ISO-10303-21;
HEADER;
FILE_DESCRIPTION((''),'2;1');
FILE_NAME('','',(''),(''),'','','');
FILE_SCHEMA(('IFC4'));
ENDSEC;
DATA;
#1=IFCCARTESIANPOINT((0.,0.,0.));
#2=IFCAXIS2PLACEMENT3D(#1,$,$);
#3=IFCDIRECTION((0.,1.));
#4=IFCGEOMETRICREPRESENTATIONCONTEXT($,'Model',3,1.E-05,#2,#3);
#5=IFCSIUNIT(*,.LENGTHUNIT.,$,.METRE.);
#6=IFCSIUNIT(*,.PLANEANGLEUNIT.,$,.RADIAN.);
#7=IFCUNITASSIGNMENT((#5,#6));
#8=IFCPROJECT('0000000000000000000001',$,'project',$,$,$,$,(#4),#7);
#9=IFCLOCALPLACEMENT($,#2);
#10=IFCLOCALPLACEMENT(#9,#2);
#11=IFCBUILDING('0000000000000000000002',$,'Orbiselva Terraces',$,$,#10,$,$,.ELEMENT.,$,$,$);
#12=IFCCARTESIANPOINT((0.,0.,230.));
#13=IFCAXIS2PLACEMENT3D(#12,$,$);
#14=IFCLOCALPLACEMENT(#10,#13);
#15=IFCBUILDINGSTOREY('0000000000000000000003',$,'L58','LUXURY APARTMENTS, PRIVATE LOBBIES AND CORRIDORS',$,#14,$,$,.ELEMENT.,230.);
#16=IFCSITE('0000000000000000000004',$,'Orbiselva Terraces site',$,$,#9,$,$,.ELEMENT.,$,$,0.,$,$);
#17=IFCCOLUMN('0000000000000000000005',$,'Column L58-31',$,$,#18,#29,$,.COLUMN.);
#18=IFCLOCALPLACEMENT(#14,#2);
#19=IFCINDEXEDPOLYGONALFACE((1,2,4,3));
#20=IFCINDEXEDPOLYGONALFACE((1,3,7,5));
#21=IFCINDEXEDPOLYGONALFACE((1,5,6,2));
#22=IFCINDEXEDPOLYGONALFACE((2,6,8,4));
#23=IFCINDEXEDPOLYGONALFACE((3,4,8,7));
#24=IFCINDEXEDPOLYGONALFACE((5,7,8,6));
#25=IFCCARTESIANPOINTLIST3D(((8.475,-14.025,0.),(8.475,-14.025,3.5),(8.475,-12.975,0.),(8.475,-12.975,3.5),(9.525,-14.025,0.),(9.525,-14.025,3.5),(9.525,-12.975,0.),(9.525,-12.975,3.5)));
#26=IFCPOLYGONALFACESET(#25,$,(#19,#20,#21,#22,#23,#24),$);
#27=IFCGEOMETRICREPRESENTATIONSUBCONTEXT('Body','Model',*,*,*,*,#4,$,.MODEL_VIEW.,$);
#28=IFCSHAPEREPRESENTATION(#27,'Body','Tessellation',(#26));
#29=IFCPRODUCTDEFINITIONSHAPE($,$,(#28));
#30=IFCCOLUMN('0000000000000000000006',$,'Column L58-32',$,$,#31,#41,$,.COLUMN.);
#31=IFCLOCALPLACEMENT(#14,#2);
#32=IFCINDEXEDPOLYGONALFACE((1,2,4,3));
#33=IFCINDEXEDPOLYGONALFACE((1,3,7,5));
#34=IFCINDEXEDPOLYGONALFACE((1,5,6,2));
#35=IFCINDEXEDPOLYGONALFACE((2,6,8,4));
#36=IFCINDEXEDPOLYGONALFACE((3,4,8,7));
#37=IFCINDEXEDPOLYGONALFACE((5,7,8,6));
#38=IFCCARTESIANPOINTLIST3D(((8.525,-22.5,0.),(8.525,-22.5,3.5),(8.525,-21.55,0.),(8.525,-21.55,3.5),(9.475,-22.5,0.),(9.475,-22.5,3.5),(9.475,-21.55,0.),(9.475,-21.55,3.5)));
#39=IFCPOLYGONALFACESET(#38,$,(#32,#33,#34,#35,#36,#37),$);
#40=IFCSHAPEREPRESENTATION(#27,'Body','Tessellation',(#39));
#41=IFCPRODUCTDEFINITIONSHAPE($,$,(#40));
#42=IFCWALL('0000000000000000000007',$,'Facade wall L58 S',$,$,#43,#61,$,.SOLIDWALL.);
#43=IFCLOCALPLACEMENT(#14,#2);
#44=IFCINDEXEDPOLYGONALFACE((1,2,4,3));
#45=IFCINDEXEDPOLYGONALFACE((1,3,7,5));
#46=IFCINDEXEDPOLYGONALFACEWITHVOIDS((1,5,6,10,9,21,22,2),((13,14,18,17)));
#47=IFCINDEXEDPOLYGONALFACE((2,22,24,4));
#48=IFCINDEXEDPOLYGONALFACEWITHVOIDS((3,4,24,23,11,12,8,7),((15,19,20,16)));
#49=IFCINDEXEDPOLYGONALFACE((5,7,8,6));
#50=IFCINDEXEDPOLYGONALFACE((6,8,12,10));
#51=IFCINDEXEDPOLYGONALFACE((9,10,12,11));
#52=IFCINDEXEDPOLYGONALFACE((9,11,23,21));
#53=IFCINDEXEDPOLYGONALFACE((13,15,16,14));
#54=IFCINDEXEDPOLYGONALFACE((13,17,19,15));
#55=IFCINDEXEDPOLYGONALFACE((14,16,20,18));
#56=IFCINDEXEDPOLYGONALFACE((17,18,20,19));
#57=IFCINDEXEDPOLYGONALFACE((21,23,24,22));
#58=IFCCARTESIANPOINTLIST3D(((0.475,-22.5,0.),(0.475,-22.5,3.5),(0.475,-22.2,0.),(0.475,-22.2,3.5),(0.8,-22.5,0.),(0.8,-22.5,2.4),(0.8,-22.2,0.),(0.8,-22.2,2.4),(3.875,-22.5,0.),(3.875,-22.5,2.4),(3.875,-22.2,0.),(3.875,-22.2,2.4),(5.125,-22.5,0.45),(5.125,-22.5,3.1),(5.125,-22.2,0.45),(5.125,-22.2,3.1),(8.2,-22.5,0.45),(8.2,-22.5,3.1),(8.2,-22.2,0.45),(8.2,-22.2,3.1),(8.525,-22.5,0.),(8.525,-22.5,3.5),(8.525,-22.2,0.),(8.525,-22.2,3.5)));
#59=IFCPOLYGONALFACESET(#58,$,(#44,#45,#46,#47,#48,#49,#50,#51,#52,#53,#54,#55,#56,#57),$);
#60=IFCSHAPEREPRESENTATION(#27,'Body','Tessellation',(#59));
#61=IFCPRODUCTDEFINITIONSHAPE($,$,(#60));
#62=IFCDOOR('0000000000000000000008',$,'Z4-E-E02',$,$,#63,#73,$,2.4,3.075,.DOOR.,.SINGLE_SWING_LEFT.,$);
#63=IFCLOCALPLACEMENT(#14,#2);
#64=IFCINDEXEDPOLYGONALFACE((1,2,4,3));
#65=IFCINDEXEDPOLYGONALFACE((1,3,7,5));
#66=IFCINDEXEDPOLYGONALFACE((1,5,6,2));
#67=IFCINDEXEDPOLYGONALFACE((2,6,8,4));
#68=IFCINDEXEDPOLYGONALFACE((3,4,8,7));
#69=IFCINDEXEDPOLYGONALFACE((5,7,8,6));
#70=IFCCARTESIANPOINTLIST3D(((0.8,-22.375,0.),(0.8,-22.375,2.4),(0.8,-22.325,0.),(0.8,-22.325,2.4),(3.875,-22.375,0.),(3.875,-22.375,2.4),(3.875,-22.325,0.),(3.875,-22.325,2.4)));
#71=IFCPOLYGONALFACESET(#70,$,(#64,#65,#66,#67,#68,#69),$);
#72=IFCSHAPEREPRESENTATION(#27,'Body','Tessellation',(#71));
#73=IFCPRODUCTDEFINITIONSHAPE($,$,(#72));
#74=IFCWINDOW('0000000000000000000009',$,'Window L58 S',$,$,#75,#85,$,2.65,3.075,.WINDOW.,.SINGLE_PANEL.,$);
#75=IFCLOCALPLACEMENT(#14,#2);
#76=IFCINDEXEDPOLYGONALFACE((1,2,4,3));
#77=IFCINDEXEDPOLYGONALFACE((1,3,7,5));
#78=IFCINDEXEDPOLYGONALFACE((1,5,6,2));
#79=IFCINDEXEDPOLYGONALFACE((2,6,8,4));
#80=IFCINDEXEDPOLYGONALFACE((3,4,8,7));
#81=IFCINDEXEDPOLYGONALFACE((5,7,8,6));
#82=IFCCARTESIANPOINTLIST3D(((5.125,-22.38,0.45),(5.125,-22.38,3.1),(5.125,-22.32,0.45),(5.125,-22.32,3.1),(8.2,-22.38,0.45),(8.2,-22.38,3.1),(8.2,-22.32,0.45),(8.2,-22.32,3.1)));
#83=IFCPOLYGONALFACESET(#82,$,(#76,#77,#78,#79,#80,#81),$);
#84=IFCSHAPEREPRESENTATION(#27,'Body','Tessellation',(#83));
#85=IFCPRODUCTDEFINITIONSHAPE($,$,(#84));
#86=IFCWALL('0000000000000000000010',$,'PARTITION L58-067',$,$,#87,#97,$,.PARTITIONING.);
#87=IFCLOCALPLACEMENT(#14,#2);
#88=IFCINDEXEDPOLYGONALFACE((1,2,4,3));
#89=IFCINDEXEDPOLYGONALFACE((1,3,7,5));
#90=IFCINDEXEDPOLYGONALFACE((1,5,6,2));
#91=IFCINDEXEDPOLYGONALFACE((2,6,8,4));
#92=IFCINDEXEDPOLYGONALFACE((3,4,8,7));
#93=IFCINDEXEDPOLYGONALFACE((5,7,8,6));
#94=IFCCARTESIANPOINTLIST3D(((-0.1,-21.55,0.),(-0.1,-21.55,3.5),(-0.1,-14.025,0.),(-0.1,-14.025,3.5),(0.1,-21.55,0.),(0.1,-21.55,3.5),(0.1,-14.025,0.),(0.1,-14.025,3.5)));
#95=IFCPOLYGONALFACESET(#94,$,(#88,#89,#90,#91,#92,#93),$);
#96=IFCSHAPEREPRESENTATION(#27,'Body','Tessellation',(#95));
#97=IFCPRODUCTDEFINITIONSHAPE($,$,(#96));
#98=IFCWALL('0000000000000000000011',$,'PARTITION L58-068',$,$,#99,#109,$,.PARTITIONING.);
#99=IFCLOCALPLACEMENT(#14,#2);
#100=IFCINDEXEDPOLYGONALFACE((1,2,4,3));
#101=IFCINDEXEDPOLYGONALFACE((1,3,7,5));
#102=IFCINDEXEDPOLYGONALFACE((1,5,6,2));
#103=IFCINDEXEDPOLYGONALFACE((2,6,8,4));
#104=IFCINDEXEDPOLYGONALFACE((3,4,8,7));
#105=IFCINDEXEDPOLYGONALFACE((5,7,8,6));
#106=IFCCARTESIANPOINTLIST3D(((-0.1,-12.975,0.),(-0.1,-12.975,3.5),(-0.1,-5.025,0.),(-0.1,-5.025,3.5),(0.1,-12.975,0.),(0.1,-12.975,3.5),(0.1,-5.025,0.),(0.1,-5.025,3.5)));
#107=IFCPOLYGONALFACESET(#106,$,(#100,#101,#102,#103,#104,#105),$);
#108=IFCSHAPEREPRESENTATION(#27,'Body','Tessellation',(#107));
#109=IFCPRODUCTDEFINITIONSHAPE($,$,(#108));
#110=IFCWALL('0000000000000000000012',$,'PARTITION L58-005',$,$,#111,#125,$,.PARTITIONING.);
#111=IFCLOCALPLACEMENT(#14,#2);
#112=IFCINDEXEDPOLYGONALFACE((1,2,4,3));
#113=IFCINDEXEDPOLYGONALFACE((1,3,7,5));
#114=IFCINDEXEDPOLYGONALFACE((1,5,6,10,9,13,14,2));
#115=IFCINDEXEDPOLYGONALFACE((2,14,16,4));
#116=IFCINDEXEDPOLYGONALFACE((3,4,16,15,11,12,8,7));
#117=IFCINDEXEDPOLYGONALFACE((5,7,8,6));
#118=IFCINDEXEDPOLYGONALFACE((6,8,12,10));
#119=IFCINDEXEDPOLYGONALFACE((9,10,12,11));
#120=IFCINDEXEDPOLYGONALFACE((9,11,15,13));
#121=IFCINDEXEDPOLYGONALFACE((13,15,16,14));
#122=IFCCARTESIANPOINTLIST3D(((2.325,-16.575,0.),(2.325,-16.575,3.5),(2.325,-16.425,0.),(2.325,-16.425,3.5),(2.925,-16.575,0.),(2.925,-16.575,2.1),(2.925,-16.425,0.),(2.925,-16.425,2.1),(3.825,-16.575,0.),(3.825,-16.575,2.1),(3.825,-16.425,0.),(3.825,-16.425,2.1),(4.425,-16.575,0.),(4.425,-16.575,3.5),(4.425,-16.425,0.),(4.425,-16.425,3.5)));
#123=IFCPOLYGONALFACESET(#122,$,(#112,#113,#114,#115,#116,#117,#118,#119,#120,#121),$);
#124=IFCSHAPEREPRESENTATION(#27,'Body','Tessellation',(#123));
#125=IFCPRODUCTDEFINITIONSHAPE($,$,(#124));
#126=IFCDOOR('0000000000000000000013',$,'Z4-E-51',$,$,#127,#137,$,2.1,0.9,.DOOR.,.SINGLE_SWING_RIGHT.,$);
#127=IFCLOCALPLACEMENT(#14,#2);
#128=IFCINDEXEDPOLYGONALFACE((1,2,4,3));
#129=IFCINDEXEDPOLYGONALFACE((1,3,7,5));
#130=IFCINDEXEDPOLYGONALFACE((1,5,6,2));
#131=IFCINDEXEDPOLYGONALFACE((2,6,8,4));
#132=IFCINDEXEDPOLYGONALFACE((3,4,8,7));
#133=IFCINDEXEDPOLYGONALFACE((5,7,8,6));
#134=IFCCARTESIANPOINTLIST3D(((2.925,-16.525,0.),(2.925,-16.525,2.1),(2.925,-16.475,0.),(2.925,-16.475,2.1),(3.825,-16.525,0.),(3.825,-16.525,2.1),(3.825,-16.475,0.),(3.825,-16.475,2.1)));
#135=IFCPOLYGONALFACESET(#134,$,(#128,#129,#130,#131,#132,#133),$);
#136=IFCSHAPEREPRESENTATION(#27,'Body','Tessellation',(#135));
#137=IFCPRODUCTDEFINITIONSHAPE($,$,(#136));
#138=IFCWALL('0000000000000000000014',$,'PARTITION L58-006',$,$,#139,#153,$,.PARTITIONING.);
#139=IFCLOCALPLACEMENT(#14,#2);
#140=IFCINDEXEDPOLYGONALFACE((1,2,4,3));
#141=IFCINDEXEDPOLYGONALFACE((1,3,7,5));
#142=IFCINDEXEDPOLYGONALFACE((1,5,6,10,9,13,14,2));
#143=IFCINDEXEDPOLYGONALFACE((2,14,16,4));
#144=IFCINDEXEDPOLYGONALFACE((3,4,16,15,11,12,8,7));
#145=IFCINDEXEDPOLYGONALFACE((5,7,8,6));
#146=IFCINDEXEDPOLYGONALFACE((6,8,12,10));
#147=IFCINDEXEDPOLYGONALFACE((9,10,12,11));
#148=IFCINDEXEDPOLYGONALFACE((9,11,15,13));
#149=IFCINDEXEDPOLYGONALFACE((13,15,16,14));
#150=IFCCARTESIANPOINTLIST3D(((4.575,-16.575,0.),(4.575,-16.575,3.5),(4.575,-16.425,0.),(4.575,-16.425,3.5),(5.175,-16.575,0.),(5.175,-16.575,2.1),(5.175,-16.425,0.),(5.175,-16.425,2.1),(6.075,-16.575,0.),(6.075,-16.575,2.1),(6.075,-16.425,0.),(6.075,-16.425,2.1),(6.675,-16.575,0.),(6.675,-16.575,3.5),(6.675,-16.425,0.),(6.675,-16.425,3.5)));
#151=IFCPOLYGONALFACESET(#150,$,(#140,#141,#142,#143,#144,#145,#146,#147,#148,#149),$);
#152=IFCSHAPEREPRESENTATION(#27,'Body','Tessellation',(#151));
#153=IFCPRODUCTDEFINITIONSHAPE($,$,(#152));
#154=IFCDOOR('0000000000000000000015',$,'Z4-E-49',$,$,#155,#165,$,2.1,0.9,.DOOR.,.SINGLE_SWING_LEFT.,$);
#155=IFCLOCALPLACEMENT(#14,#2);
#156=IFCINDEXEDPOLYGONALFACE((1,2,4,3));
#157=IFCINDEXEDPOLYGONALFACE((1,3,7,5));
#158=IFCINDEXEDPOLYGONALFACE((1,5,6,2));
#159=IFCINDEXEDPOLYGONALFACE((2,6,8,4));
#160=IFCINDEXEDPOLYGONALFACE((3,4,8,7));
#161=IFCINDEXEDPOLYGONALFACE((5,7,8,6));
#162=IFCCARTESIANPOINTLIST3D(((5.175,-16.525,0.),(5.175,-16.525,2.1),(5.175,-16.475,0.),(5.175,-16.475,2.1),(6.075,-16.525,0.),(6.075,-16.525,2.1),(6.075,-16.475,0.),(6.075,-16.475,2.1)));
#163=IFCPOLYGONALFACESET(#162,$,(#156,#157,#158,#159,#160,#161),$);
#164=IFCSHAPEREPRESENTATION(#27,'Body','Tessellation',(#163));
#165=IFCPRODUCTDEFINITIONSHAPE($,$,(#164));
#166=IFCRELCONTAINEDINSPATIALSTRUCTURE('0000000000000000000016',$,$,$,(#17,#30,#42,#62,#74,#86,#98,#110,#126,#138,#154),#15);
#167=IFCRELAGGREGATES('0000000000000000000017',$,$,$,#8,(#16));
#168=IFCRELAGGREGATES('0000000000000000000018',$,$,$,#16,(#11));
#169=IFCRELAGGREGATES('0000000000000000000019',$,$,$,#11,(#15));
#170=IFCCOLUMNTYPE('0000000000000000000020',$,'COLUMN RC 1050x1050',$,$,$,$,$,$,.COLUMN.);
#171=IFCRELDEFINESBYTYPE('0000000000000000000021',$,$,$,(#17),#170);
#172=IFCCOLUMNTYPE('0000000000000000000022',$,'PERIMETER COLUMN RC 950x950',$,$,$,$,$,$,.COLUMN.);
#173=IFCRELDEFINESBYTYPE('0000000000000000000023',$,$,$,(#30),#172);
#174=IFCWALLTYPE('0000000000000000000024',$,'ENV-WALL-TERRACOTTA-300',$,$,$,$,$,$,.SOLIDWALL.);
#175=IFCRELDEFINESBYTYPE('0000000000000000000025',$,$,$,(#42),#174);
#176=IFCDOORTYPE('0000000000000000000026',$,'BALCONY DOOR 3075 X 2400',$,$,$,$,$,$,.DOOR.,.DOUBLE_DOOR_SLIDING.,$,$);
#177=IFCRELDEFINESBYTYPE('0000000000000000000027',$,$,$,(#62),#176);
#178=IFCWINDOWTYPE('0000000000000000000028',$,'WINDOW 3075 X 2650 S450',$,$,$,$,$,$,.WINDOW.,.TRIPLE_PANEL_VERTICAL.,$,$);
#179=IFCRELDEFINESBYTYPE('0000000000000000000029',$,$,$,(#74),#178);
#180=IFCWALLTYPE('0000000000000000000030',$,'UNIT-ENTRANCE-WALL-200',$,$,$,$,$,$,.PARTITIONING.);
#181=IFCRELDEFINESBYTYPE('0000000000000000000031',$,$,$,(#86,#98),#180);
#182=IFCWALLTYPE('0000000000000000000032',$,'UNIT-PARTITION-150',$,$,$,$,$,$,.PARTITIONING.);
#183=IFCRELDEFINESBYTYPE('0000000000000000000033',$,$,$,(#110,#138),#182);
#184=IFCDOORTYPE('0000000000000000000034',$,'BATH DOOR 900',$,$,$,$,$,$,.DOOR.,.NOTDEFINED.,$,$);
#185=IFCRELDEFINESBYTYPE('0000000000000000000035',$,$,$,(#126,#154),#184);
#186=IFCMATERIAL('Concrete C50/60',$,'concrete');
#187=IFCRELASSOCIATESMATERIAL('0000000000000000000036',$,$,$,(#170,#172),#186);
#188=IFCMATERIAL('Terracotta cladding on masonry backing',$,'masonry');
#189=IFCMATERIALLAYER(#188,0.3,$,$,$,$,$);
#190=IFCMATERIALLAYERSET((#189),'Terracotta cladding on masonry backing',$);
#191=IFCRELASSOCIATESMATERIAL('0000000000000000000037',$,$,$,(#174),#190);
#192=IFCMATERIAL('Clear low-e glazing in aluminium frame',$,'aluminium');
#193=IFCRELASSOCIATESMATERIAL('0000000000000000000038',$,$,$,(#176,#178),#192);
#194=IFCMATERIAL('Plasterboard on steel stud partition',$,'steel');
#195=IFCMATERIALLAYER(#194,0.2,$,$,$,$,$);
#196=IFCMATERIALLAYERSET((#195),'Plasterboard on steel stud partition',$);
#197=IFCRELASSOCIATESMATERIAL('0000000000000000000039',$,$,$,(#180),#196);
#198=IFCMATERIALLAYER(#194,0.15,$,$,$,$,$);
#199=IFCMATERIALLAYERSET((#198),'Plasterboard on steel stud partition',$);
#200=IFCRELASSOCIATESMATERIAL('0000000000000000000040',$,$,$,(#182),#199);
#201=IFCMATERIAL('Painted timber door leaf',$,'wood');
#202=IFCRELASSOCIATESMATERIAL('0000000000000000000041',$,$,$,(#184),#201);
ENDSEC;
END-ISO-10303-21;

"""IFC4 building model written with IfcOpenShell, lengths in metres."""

from ifc_helpers import new_model, si_unit, direction, frame, frame_2d, origin, origin_2d, place, context, subcontext, project, spatial, rectangle, extrude, material, layer, layer_set, material_profile, profile_set, type_object, element, fill, save


model = new_model("IFC4")

# Units and contexts
model_context = context("Model", 3, precision=1e-05, world=origin(), true_north=direction((0.0, 1.0)))
body_context = subcontext(model_context, "Body", "Model", "MODEL_VIEW")
ifc_project = project(units=[si_unit("LENGTHUNIT", "METRE"), si_unit("PLANEANGLEUNIT", "RADIAN")], contexts=[model_context])

# Site, building, storey
site_placement = place(None, origin())
site = spatial("IfcSite", under=ifc_project, at=site_placement, Name="Orbiselva Terraces site", CompositionType="ELEMENT", RefElevation=0.0)
building_placement = place(site_placement, origin())
building = spatial("IfcBuilding", under=site, at=building_placement, Name="Orbiselva Terraces", CompositionType="ELEMENT")
storey_placement = place(building_placement, frame((0.0, 0.0, 230.0)))
storey = spatial("IfcBuildingStorey", under=building, at=storey_placement, Name="L58", Description="LUXURY APARTMENTS, PRIVATE LOBBIES AND CORRIDORS", CompositionType="ELEMENT", Elevation=230.0)

# Columns
ifc_material_1 = material(Name="Concrete C50/60", Category="concrete")
ifc_material_profile_1 = material_profile(ifc_material_1, rectangle(XDim=1.05, YDim=1.05, at=origin_2d()), Name="RC 1050x1050")
ifc_profile_set_1 = profile_set([ifc_material_profile_1], Name="Concrete C50/60")
column_type_1 = type_object("IfcColumnType", Name="COLUMN RC 1050x1050", PredefinedType="COLUMN", material=ifc_profile_set_1)
column_1_placement = place(storey_placement, frame((9.0, -13.5, 0.0), z_axis=(0.0, 0.0, 1.0), x_axis=(1.0, 0.0, 0.0)))
element("IfcColumn", 1, at=column_1_placement, inside=storey, type_object=column_type_1, Name="Column L58-31", PredefinedType="COLUMN", context=body_context, shape_type="SweptSolid", body=[
    extrude(rectangle(XDim=1.05, YDim=1.05, at=origin_2d()), origin(), (0.0, 0.0, 1.0), 3.5),
])
ifc_material_profile_2 = material_profile(ifc_material_1, rectangle(XDim=0.95, YDim=0.95, at=origin_2d()), Name="RC 950x950")
ifc_profile_set_2 = profile_set([ifc_material_profile_2], Name="Concrete C50/60")
column_type_2 = type_object("IfcColumnType", Name="PERIMETER COLUMN RC 950x950", PredefinedType="COLUMN", material=ifc_profile_set_2)
column_2_placement = place(storey_placement, frame((9.0, -22.025, 0.0), z_axis=(0.0, 0.0, 1.0), x_axis=(1.0, 0.0, 0.0)))
element("IfcColumn", 2, at=column_2_placement, inside=storey, type_object=column_type_2, Name="Column L58-32", PredefinedType="COLUMN", context=body_context, shape_type="SweptSolid", body=[
    extrude(rectangle(XDim=0.95, YDim=0.95, at=origin_2d()), origin(), (0.0, 0.0, 1.0), 3.5),
])

# Wall, openings, door, window
ifc_material_2 = material(Name="Terracotta cladding on masonry backing", Category="masonry")
ifc_layer_1 = layer(ifc_material_2, 0.3)
ifc_layer_set_1 = layer_set([ifc_layer_1], Name="Terracotta cladding on masonry backing")
wall_type_1 = type_object("IfcWallType", Name="ENV-WALL-TERRACOTTA-300", PredefinedType="SOLIDWALL", material=ifc_layer_set_1)
wall_1_placement = place(storey_placement, frame((8.525, -22.35, 0.0), z_axis=(0.0, 0.0, 1.0), x_axis=(-1.0, 0.0, 0.0)))
wall_1 = element("IfcWall", 3, at=wall_1_placement, inside=storey, type_object=wall_type_1, Name="Facade wall L58 S", PredefinedType="SOLIDWALL", context=body_context, shape_type="SweptSolid", body=[
    extrude(rectangle(XDim=8.05, YDim=0.3, at=frame_2d((4.025, 0.0))), origin(), (0.0, 0.0, 1.0), 3.5),
])
opening_1_placement = place(wall_1_placement, frame((4.65, 0.0, 0.0)))
opening_1 = element("IfcOpeningElement", 4, at=opening_1_placement, cuts=wall_1, PredefinedType="OPENING", context=body_context, shape_type="SweptSolid", body=[
    extrude(rectangle(XDim=3.075, YDim=2.4, at=frame_2d((1.5375, 1.2))), frame((0.0, 0.16, 0.0), z_axis=(0.0, -1.0, 0.0), x_axis=(1.0, 0.0, 0.0)), (0.0, 0.0, 1.0), 0.32),
])
opening_2_placement = place(wall_1_placement, frame((0.325, 0.0, 0.45)))
opening_2 = element("IfcOpeningElement", 5, at=opening_2_placement, cuts=wall_1, PredefinedType="OPENING", context=body_context, shape_type="SweptSolid", body=[
    extrude(rectangle(XDim=3.075, YDim=2.65, at=frame_2d((1.5375, 1.325))), frame((0.0, 0.16, 0.0), z_axis=(0.0, -1.0, 0.0), x_axis=(1.0, 0.0, 0.0)), (0.0, 0.0, 1.0), 0.32),
])
ifc_material_3 = material(Name="Clear low-e glazing in aluminium frame", Category="aluminium")
door_type_1 = type_object("IfcDoorType", Name="BALCONY DOOR 3075 X 2400", OperationType="DOUBLE_DOOR_SLIDING", PredefinedType="DOOR", material=ifc_material_3)
door_1_placement = place(opening_1_placement, origin())
door_1 = element("IfcDoor", 6, at=door_1_placement, inside=storey, type_object=door_type_1, Name="Z4-E-E02", OperationType="SINGLE_SWING_LEFT", OverallHeight=2.4, OverallWidth=3.075, PredefinedType="DOOR", context=body_context, shape_type="SweptSolid", body=[
    extrude(rectangle(XDim=3.075, YDim=2.4, at=frame_2d((1.5375, 1.2))), frame((0.0, 0.025, 0.0), z_axis=(0.0, -1.0, 0.0), x_axis=(1.0, 0.0, 0.0)), (0.0, 0.0, 1.0), 0.05),
])
fill(opening_1, door_1)
window_type = type_object("IfcWindowType", Name="WINDOW 3075 X 2650 S450", PartitioningType="TRIPLE_PANEL_VERTICAL", PredefinedType="WINDOW", material=ifc_material_3)
window_placement = place(opening_2_placement, origin())
window = element("IfcWindow", 7, at=window_placement, inside=storey, type_object=window_type, Name="Window L58 S", OverallHeight=2.65, OverallWidth=3.075, PartitioningType="SINGLE_PANEL", PredefinedType="WINDOW", context=body_context, shape_type="SweptSolid", body=[
    extrude(rectangle(XDim=3.075, YDim=2.65, at=frame_2d((1.5375, 1.325))), frame((0.0, 0.03, 0.0), z_axis=(0.0, -1.0, 0.0), x_axis=(1.0, 0.0, 0.0)), (0.0, 0.0, 1.0), 0.06),
])
fill(opening_2, window)

# Walls
ifc_material_4 = material(Name="Plasterboard on steel stud partition", Category="steel")
ifc_layer_2 = layer(ifc_material_4, 0.2)
ifc_layer_set_2 = layer_set([ifc_layer_2], Name="Plasterboard on steel stud partition")
wall_type_2 = type_object("IfcWallType", Name="UNIT-ENTRANCE-WALL-200", PredefinedType="PARTITIONING", material=ifc_layer_set_2)
wall_2_placement = place(storey_placement, frame((0.0, -21.55, 0.0), z_axis=(0.0, 0.0, 1.0), x_axis=(0.0, 1.0, 0.0)))
element("IfcWall", 8, at=wall_2_placement, inside=storey, type_object=wall_type_2, Name="PARTITION L58-067", PredefinedType="PARTITIONING", context=body_context, shape_type="SweptSolid", body=[
    extrude(rectangle(XDim=7.525, YDim=0.2, at=frame_2d((3.7625, 0.0))), origin(), (0.0, 0.0, 1.0), 3.5),
])
wall_3_placement = place(storey_placement, frame((0.0, -12.975, 0.0), z_axis=(0.0, 0.0, 1.0), x_axis=(0.0, 1.0, 0.0)))
element("IfcWall", 9, at=wall_3_placement, inside=storey, type_object=wall_type_2, Name="PARTITION L58-068", PredefinedType="PARTITIONING", context=body_context, shape_type="SweptSolid", body=[
    extrude(rectangle(XDim=7.95, YDim=0.2, at=frame_2d((3.975, 0.0))), origin(), (0.0, 0.0, 1.0), 3.5),
])

# Walls, openings, doors
ifc_layer_3 = layer(ifc_material_4, 0.15)
ifc_layer_set_3 = layer_set([ifc_layer_3], Name="Plasterboard on steel stud partition")
wall_type_3 = type_object("IfcWallType", Name="UNIT-PARTITION-150", PredefinedType="PARTITIONING", material=ifc_layer_set_3)
wall_4_placement = place(storey_placement, frame((2.325, -16.5, 0.0), z_axis=(0.0, 0.0, 1.0), x_axis=(1.0, 0.0, 0.0)))
wall_4 = element("IfcWall", 10, at=wall_4_placement, inside=storey, type_object=wall_type_3, Name="PARTITION L58-005", PredefinedType="PARTITIONING", context=body_context, shape_type="SweptSolid", body=[
    extrude(rectangle(XDim=2.1, YDim=0.15, at=frame_2d((1.05, 0.0))), origin(), (0.0, 0.0, 1.0), 3.5),
])
opening_3_placement = place(wall_4_placement, frame((0.6, 0.0, 0.0)))
opening_3 = element("IfcOpeningElement", 11, at=opening_3_placement, cuts=wall_4, PredefinedType="OPENING", context=body_context, shape_type="SweptSolid", body=[
    extrude(rectangle(XDim=0.9, YDim=2.1, at=frame_2d((0.45, 1.05))), frame((0.0, 0.085, 0.0), z_axis=(0.0, -1.0, 0.0), x_axis=(1.0, 0.0, 0.0)), (0.0, 0.0, 1.0), 0.17),
])
ifc_material_5 = material(Name="Painted timber door leaf", Category="wood")
door_type_2 = type_object("IfcDoorType", Name="BATH DOOR 900", OperationType="NOTDEFINED", PredefinedType="DOOR", material=ifc_material_5)
door_2_placement = place(opening_3_placement, origin())
door_2 = element("IfcDoor", 12, at=door_2_placement, inside=storey, type_object=door_type_2, Name="Z4-E-51", OperationType="SINGLE_SWING_RIGHT", OverallHeight=2.1, OverallWidth=0.9, PredefinedType="DOOR", context=body_context, shape_type="SweptSolid", body=[
    extrude(rectangle(XDim=0.9, YDim=2.1, at=frame_2d((0.45, 1.05))), frame((0.0, 0.025, 0.0), z_axis=(0.0, -1.0, 0.0), x_axis=(1.0, 0.0, 0.0)), (0.0, 0.0, 1.0), 0.05),
])
fill(opening_3, door_2)
wall_5_placement = place(storey_placement, frame((4.575, -16.5, 0.0), z_axis=(0.0, 0.0, 1.0), x_axis=(1.0, 0.0, 0.0)))
wall_5 = element("IfcWall", 13, at=wall_5_placement, inside=storey, type_object=wall_type_3, Name="PARTITION L58-006", PredefinedType="PARTITIONING", context=body_context, shape_type="SweptSolid", body=[
    extrude(rectangle(XDim=2.1, YDim=0.15, at=frame_2d((1.05, 0.0))), origin(), (0.0, 0.0, 1.0), 3.5),
])
opening_4_placement = place(wall_5_placement, frame((0.6, 0.0, 0.0)))
opening_4 = element("IfcOpeningElement", 14, at=opening_4_placement, cuts=wall_5, PredefinedType="OPENING", context=body_context, shape_type="SweptSolid", body=[
    extrude(rectangle(XDim=0.9, YDim=2.1, at=frame_2d((0.45, 1.05))), frame((0.0, 0.085, 0.0), z_axis=(0.0, -1.0, 0.0), x_axis=(1.0, 0.0, 0.0)), (0.0, 0.0, 1.0), 0.17),
])
door_3_placement = place(opening_4_placement, origin())
door_3 = element("IfcDoor", 15, at=door_3_placement, inside=storey, type_object=door_type_2, Name="Z4-E-49", OperationType="SINGLE_SWING_LEFT", OverallHeight=2.1, OverallWidth=0.9, PredefinedType="DOOR", context=body_context, shape_type="SweptSolid", body=[
    extrude(rectangle(XDim=0.9, YDim=2.1, at=frame_2d((0.45, 1.05))), frame((0.0, 0.025, 0.0), z_axis=(0.0, -1.0, 0.0), x_axis=(1.0, 0.0, 0.0)), (0.0, 0.0, 1.0), 0.05),
])
fill(opening_4, door_3)

save(model, "model.ifc")
